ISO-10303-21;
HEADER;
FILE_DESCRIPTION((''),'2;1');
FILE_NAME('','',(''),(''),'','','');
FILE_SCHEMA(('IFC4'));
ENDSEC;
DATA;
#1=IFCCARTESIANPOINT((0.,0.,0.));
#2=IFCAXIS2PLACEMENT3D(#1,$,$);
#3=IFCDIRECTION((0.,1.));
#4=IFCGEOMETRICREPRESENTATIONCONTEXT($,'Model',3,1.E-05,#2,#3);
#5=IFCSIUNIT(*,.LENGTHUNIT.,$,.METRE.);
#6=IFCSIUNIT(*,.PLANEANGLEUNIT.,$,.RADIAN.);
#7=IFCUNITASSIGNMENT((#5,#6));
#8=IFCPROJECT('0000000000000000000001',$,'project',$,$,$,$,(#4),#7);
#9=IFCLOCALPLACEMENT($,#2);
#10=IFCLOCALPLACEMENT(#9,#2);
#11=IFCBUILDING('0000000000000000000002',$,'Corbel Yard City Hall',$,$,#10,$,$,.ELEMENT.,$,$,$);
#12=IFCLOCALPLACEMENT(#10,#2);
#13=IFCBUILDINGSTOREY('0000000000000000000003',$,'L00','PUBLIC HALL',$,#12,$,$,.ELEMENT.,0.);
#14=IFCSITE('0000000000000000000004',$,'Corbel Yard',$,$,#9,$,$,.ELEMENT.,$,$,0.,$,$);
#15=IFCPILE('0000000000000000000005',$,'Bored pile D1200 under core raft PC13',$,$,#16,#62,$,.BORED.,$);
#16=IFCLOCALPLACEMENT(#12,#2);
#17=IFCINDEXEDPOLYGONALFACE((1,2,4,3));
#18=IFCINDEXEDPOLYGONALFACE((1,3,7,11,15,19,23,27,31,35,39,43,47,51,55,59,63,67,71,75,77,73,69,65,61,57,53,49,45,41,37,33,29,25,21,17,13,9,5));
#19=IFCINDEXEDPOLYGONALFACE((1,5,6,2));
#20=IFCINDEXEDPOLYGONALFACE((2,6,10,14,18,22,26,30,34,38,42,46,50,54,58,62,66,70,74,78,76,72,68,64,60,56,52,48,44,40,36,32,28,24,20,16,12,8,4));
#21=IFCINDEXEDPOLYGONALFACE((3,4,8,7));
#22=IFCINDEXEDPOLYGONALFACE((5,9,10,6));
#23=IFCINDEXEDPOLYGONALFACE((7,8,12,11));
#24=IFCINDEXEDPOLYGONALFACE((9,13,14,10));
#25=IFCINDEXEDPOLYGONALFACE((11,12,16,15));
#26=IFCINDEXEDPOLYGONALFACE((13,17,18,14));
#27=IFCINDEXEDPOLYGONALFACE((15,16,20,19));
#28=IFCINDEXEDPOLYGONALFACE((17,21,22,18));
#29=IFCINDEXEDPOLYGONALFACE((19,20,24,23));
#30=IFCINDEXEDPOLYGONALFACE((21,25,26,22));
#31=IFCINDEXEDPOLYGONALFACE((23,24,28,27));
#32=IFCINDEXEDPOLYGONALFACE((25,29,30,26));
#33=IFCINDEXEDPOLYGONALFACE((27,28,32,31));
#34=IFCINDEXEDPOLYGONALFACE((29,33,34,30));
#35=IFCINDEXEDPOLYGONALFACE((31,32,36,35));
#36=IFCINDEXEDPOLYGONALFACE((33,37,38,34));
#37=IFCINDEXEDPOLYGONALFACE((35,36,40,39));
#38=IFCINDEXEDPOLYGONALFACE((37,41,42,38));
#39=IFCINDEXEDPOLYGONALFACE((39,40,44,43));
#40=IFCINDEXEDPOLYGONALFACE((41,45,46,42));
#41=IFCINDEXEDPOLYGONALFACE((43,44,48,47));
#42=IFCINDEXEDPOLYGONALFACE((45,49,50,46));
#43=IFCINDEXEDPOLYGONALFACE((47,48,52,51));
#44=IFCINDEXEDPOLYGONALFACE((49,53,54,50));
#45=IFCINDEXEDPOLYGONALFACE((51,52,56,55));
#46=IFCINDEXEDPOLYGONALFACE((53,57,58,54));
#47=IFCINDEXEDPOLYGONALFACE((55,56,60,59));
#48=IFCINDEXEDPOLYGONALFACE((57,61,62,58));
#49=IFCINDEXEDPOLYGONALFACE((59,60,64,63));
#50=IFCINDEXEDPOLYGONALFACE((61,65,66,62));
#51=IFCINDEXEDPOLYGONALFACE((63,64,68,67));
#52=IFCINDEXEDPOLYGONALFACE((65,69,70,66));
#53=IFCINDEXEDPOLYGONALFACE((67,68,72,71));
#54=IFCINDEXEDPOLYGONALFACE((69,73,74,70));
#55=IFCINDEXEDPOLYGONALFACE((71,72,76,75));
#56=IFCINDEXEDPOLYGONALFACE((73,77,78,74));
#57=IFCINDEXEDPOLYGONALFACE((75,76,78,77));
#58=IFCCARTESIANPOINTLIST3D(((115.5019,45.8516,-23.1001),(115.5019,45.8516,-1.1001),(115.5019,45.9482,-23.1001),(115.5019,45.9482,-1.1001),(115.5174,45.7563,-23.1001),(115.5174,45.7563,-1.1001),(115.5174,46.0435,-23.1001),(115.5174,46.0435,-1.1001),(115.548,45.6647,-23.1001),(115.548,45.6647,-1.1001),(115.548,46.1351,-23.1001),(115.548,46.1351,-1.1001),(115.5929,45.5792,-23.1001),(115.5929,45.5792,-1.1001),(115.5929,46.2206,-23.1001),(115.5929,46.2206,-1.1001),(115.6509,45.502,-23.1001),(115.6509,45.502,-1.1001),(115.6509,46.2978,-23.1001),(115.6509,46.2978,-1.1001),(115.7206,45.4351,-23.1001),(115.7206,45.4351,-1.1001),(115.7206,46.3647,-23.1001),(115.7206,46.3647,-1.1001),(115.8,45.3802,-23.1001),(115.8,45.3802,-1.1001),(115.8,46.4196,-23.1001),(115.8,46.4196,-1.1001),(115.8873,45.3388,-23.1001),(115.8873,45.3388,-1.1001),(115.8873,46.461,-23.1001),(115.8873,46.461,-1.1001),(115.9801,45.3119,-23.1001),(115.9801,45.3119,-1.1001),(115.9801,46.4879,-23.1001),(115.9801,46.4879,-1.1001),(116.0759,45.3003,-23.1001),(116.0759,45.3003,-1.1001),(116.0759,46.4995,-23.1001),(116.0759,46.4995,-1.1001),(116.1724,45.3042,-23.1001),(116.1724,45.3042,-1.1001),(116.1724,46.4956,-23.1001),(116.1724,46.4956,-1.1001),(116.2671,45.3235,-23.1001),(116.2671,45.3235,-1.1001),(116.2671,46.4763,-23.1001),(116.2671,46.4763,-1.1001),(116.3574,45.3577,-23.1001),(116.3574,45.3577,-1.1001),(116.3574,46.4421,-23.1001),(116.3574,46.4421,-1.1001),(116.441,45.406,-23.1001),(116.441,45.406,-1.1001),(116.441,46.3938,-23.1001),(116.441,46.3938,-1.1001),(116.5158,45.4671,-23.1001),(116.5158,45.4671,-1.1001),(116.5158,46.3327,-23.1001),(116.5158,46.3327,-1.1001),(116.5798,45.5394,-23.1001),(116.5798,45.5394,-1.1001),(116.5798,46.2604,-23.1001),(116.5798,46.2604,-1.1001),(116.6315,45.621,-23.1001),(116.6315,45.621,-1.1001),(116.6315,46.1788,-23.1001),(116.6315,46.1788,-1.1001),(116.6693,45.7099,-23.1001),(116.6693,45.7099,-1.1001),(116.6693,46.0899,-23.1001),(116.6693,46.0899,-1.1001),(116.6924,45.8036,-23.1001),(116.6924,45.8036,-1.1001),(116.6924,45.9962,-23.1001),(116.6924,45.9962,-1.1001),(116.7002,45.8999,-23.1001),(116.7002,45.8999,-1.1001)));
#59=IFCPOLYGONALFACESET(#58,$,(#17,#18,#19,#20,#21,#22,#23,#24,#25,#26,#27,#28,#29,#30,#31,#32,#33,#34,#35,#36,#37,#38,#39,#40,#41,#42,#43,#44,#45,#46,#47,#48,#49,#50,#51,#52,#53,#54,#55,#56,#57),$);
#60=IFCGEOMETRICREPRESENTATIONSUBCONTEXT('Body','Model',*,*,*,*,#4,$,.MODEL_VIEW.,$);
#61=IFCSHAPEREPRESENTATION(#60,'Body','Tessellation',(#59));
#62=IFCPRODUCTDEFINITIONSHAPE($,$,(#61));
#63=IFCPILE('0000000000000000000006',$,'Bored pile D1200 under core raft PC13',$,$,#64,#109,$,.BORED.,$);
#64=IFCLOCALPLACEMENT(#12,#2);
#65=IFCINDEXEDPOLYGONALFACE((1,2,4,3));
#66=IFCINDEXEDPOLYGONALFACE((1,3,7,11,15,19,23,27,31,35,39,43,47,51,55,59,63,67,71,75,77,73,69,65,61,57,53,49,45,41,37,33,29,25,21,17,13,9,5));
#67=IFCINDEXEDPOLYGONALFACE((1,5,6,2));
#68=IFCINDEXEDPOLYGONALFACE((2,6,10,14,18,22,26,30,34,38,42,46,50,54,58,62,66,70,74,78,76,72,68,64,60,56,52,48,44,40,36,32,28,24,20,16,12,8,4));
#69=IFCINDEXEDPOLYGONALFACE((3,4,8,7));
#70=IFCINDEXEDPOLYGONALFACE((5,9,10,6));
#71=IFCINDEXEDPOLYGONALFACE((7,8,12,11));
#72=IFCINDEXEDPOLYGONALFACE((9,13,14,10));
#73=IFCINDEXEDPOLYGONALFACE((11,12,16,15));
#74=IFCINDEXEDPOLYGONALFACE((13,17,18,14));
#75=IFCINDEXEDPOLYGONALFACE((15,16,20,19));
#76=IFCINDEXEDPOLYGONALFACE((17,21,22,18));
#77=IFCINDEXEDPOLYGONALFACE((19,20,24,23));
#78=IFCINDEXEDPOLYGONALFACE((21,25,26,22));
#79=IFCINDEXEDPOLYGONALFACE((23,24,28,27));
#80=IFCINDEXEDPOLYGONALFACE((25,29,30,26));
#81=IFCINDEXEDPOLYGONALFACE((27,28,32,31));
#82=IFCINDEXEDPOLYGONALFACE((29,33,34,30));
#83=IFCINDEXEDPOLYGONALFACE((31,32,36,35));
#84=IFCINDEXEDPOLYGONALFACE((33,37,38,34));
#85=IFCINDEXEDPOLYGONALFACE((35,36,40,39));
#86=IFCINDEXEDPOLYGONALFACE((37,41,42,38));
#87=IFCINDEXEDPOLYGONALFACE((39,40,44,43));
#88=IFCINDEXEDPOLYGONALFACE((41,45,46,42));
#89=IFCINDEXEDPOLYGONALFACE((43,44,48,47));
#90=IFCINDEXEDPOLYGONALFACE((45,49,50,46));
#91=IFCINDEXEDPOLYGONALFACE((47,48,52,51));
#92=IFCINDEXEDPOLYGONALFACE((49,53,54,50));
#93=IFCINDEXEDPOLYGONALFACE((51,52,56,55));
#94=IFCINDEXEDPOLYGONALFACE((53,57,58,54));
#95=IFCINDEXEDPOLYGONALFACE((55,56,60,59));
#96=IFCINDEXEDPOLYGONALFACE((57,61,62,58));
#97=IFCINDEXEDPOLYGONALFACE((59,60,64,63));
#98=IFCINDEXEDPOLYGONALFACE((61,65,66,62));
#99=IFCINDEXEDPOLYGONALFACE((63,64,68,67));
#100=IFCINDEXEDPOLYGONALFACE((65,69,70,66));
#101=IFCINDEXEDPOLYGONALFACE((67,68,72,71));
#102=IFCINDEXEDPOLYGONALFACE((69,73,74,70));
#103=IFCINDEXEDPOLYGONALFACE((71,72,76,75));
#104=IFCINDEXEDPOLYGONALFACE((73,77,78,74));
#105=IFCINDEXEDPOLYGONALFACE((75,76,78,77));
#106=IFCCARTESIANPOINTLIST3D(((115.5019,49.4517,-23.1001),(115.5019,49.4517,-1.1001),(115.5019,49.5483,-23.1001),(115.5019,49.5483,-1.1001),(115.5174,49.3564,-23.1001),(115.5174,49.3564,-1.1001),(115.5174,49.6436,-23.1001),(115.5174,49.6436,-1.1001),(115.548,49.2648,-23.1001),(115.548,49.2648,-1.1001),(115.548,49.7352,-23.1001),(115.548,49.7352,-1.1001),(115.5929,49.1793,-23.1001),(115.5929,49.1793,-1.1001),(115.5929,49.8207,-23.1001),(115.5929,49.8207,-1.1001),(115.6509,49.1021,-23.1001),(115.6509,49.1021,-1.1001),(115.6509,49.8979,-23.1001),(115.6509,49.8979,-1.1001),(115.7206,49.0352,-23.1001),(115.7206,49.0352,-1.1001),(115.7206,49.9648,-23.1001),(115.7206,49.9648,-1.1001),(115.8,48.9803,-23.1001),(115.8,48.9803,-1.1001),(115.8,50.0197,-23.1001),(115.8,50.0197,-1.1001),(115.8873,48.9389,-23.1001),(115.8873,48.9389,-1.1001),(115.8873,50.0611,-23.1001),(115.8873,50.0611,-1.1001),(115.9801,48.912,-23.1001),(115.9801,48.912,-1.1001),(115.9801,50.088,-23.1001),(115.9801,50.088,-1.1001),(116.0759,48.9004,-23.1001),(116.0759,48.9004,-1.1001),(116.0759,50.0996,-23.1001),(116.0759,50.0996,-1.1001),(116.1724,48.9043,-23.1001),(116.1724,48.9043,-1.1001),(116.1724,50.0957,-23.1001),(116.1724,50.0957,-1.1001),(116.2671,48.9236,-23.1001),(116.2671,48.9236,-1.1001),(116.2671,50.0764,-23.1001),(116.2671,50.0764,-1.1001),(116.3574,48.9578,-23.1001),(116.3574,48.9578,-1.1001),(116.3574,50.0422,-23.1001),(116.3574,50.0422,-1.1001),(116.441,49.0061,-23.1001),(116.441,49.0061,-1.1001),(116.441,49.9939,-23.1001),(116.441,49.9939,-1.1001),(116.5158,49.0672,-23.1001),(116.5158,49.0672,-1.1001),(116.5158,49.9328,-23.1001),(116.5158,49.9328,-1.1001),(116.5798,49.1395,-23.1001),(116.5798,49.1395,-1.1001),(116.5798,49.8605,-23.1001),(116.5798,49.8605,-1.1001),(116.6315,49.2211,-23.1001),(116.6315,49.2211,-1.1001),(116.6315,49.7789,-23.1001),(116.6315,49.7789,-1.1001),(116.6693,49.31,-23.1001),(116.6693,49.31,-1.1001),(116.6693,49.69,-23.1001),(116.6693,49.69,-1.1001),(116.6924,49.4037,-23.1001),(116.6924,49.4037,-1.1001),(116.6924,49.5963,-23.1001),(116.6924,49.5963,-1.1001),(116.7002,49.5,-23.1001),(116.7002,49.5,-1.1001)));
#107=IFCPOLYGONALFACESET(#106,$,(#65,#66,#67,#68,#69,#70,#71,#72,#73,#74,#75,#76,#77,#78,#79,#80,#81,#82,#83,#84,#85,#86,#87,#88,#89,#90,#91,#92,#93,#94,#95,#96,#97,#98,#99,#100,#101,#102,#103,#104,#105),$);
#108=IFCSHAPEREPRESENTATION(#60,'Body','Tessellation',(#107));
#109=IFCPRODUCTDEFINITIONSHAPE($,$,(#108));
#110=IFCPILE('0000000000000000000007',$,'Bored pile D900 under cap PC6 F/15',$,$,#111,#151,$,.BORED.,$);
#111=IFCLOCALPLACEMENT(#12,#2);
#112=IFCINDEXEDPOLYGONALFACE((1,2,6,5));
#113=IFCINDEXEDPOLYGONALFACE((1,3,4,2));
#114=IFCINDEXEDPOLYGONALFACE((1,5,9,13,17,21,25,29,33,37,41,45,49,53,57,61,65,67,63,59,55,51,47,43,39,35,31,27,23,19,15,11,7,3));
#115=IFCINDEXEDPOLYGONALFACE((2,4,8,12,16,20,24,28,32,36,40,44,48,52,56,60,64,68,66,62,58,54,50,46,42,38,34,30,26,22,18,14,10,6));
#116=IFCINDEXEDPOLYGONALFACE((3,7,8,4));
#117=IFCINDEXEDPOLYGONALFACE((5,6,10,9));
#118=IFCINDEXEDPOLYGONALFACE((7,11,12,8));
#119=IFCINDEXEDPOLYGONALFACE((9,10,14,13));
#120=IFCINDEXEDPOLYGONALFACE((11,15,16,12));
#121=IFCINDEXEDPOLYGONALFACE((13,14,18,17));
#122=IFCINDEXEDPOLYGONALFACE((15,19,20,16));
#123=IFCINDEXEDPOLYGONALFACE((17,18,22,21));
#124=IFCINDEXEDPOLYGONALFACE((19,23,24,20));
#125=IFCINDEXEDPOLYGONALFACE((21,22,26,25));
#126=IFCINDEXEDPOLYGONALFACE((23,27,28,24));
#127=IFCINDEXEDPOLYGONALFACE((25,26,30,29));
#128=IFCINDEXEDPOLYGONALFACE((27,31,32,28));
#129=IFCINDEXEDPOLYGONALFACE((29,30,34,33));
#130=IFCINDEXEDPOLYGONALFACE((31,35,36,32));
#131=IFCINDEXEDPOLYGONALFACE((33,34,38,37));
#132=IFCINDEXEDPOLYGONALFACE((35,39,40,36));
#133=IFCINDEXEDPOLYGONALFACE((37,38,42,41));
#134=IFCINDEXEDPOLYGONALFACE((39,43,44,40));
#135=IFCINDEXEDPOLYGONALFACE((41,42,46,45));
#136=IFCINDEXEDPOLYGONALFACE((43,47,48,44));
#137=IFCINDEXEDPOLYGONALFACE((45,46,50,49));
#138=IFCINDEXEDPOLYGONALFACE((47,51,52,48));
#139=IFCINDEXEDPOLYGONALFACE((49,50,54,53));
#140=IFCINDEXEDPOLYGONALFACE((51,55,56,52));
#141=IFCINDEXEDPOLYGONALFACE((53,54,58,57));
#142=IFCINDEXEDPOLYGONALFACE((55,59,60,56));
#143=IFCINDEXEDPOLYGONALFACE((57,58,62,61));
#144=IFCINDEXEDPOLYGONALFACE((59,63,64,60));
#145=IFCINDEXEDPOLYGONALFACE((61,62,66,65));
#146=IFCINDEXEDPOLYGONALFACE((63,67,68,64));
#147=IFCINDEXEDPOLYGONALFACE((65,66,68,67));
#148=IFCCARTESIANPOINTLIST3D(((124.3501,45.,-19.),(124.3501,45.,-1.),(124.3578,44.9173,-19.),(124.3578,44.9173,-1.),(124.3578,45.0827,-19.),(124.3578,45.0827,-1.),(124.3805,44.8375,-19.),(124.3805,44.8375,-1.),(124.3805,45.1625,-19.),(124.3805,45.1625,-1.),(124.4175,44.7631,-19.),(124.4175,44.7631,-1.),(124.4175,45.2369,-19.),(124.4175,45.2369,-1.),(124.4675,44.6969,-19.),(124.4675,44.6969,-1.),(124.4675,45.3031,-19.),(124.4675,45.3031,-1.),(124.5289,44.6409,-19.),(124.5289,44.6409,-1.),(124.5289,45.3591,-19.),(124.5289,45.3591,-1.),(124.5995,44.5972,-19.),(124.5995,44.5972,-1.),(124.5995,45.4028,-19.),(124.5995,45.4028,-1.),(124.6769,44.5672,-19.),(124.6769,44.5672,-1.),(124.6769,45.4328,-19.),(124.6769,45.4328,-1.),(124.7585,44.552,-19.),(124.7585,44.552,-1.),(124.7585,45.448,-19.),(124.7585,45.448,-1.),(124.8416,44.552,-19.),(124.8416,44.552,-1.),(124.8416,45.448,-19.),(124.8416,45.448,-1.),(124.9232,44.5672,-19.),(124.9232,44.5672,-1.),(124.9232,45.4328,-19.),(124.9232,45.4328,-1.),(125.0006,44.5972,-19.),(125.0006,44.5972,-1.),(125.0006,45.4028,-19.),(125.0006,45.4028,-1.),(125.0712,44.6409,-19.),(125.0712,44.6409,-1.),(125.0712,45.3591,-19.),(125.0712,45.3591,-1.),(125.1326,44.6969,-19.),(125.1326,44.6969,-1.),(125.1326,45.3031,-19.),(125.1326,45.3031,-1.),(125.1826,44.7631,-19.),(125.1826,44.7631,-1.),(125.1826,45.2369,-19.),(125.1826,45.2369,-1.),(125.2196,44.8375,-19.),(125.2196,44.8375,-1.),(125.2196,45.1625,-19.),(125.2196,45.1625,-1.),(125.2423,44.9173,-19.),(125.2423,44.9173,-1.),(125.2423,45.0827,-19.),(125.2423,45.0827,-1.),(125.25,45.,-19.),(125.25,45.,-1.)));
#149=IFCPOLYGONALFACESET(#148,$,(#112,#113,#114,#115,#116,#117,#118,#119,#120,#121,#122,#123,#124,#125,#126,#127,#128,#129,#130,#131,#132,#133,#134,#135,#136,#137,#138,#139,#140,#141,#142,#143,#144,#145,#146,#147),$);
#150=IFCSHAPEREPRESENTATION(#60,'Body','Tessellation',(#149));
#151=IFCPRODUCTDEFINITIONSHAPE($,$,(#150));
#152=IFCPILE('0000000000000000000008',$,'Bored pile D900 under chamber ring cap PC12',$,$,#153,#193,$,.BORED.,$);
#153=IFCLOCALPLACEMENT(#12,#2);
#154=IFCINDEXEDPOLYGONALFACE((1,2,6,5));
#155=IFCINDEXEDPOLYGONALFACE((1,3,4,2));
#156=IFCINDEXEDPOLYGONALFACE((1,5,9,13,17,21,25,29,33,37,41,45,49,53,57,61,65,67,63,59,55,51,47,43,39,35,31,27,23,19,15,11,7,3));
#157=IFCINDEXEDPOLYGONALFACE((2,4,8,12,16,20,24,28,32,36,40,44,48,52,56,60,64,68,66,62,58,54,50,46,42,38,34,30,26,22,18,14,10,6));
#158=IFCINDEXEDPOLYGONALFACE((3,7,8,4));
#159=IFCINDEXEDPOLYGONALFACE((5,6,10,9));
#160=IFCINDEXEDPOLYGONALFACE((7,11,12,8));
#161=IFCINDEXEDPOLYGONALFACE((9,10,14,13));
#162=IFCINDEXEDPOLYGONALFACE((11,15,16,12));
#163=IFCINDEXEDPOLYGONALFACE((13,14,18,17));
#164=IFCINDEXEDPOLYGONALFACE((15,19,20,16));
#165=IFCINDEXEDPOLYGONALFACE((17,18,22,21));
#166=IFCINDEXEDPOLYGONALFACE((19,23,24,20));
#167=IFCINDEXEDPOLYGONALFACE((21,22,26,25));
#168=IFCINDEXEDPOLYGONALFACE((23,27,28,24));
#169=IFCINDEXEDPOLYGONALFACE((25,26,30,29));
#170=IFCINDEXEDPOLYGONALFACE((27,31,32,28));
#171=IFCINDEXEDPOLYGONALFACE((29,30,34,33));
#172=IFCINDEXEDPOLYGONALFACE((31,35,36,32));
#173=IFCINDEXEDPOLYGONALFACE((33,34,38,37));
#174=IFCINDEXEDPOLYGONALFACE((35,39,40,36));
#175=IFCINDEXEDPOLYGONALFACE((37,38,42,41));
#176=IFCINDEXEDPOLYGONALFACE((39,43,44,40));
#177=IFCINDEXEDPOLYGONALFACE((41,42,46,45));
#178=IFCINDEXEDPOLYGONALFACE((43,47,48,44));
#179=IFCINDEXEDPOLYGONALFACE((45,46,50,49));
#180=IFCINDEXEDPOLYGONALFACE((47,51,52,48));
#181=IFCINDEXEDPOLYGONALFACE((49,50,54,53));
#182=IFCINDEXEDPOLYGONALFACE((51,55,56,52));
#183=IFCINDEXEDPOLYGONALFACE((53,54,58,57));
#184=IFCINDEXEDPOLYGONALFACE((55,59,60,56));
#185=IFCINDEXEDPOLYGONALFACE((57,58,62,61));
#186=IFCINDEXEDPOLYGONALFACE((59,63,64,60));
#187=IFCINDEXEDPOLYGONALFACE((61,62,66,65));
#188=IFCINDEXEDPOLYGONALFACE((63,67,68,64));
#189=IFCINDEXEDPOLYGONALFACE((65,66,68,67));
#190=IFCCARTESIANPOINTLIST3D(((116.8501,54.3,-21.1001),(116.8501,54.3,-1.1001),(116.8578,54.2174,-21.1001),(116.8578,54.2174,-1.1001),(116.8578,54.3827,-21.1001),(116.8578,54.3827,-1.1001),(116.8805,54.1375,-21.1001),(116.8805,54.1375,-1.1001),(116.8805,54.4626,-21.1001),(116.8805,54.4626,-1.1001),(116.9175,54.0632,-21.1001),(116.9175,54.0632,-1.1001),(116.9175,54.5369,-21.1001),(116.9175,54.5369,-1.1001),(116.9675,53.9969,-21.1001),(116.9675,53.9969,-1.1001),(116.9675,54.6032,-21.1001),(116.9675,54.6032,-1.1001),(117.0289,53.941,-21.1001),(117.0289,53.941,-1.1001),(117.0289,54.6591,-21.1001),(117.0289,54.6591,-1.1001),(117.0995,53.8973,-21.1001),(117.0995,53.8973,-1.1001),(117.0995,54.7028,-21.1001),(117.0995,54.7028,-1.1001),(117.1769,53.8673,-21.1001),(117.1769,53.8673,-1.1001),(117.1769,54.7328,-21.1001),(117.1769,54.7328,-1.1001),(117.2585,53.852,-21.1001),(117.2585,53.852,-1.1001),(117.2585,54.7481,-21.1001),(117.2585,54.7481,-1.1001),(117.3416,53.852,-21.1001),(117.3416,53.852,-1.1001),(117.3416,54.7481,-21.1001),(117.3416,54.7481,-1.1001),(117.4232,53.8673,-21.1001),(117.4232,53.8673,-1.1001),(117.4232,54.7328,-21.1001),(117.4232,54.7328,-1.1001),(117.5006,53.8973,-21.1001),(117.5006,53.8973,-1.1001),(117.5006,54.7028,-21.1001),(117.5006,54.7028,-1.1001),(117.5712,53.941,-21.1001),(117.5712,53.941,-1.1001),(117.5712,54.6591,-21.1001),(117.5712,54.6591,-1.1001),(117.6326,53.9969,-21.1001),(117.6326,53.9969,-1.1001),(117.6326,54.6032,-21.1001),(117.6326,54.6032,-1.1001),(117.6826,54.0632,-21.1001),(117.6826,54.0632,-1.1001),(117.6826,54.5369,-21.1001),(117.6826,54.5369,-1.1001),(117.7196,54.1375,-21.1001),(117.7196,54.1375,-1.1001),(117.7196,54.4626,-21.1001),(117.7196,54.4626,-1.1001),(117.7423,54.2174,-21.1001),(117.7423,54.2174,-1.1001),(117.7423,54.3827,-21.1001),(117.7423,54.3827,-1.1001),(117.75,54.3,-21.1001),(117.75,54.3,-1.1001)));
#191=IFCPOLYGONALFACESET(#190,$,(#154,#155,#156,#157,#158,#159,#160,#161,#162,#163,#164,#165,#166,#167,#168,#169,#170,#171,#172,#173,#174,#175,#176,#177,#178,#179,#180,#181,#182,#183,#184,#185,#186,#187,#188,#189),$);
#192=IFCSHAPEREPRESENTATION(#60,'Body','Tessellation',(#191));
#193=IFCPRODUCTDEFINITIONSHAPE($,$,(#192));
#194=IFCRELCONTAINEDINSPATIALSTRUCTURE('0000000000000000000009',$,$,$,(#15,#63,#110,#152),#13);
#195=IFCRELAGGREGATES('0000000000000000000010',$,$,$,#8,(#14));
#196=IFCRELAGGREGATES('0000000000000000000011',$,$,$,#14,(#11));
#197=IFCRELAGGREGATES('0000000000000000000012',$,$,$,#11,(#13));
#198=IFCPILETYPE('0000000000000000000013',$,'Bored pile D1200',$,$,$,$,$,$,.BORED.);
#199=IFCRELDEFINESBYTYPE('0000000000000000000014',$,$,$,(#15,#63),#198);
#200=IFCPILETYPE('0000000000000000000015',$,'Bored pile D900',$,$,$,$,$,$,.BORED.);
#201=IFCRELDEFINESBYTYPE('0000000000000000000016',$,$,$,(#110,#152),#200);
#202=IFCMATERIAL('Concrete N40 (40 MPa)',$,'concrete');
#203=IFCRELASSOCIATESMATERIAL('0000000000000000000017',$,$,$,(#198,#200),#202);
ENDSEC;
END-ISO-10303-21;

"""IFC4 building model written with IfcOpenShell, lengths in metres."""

from ifc_helpers import new_model, si_unit, direction, frame, origin, origin_2d, place, context, subcontext, project, spatial, circle, extrude, material, material_profile, profile_set, type_object, element, save


model = new_model("IFC4")

# Units and contexts
model_context = context("Model", 3, precision=1e-05, world=origin(), true_north=direction((0.0, 1.0)))
body_context = subcontext(model_context, "Body", "Model", "MODEL_VIEW")
ifc_project = project(units=[si_unit("LENGTHUNIT", "METRE"), si_unit("PLANEANGLEUNIT", "RADIAN")], contexts=[model_context])

# Site, building, storey
site_placement = place(None, origin())
site = spatial("IfcSite", under=ifc_project, at=site_placement, Name="Corbel Yard", CompositionType="ELEMENT", RefElevation=0.0)
building_placement = place(site_placement, origin())
building = spatial("IfcBuilding", under=site, at=building_placement, Name="Corbel Yard City Hall", CompositionType="ELEMENT")
storey_placement = place(building_placement, origin())
storey = spatial("IfcBuildingStorey", under=building, at=storey_placement, Name="L00", Description="PUBLIC HALL", CompositionType="ELEMENT", Elevation=0.0)

# Piles
ifc_material_1 = material(Name="Concrete N40 (40 MPa)", Category="concrete")
ifc_material_profile_1 = material_profile(ifc_material_1, circle(Radius=0.6001, at=origin_2d()), Name="D1200")
ifc_profile_set_1 = profile_set([ifc_material_profile_1], Name="Concrete N40 (40 MPa)")
pile_type_1 = type_object("IfcPileType", Name="Bored pile D1200", PredefinedType="BORED", material=ifc_profile_set_1)
for number, where, z_axis, x_axis, name in (
    (1, (116.1001, 45.8999, -1.1001), (0.0, 0.0, -1.0), (1.0, 0.0, 0.0), "Bored pile D1200 under core raft PC13"),
    (2, (116.1001, 49.5, -1.1001), (0.0, 0.0, -1.0), (1.0, 0.0, 0.0), "Bored pile D1200 under core raft PC13"),
):
    element("IfcPile", number, at=place(storey_placement, frame(where, z_axis=z_axis, x_axis=x_axis)), inside=storey, type_object=pile_type_1, Name=name, PredefinedType="BORED", context=body_context, shape_type="SweptSolid", body=[
        extrude(circle(Radius=0.6001, at=origin_2d()), origin(), (0.0, 0.0, 1.0), 22.0),
    ])
ifc_material_profile_2 = material_profile(ifc_material_1, circle(Radius=0.45, at=origin_2d()), Name="D900")
ifc_profile_set_2 = profile_set([ifc_material_profile_2], Name="Concrete N40 (40 MPa)")
pile_type_2 = type_object("IfcPileType", Name="Bored pile D900", PredefinedType="BORED", material=ifc_profile_set_2)
pile_placement = place(storey_placement, frame((124.8, 45.0, -1.0), z_axis=(0.0, 0.0, -1.0), x_axis=(1.0, 0.0, 0.0)))
element("IfcPile", 3, at=pile_placement, inside=storey, type_object=pile_type_2, Name="Bored pile D900 under cap PC6 F/15", PredefinedType="BORED", context=body_context, shape_type="SweptSolid", body=[
    extrude(circle(Radius=0.45, at=origin_2d()), origin(), (0.0, 0.0, 1.0), 18.0),
])
for number, where, z_axis, x_axis, name in (
    (4, (117.3, 54.3, -1.1001), (0.0, 0.0, -1.0), (1.0, 0.0, 0.0), "Bored pile D900 under chamber ring cap PC12"),
):
    element("IfcPile", number, at=place(storey_placement, frame(where, z_axis=z_axis, x_axis=x_axis)), inside=storey, type_object=pile_type_2, Name=name, PredefinedType="BORED", context=body_context, shape_type="SweptSolid", body=[
        extrude(circle(Radius=0.45, at=origin_2d()), origin(), (0.0, 0.0, 1.0), 20.0),
    ])

save(model, "model.ifc")
